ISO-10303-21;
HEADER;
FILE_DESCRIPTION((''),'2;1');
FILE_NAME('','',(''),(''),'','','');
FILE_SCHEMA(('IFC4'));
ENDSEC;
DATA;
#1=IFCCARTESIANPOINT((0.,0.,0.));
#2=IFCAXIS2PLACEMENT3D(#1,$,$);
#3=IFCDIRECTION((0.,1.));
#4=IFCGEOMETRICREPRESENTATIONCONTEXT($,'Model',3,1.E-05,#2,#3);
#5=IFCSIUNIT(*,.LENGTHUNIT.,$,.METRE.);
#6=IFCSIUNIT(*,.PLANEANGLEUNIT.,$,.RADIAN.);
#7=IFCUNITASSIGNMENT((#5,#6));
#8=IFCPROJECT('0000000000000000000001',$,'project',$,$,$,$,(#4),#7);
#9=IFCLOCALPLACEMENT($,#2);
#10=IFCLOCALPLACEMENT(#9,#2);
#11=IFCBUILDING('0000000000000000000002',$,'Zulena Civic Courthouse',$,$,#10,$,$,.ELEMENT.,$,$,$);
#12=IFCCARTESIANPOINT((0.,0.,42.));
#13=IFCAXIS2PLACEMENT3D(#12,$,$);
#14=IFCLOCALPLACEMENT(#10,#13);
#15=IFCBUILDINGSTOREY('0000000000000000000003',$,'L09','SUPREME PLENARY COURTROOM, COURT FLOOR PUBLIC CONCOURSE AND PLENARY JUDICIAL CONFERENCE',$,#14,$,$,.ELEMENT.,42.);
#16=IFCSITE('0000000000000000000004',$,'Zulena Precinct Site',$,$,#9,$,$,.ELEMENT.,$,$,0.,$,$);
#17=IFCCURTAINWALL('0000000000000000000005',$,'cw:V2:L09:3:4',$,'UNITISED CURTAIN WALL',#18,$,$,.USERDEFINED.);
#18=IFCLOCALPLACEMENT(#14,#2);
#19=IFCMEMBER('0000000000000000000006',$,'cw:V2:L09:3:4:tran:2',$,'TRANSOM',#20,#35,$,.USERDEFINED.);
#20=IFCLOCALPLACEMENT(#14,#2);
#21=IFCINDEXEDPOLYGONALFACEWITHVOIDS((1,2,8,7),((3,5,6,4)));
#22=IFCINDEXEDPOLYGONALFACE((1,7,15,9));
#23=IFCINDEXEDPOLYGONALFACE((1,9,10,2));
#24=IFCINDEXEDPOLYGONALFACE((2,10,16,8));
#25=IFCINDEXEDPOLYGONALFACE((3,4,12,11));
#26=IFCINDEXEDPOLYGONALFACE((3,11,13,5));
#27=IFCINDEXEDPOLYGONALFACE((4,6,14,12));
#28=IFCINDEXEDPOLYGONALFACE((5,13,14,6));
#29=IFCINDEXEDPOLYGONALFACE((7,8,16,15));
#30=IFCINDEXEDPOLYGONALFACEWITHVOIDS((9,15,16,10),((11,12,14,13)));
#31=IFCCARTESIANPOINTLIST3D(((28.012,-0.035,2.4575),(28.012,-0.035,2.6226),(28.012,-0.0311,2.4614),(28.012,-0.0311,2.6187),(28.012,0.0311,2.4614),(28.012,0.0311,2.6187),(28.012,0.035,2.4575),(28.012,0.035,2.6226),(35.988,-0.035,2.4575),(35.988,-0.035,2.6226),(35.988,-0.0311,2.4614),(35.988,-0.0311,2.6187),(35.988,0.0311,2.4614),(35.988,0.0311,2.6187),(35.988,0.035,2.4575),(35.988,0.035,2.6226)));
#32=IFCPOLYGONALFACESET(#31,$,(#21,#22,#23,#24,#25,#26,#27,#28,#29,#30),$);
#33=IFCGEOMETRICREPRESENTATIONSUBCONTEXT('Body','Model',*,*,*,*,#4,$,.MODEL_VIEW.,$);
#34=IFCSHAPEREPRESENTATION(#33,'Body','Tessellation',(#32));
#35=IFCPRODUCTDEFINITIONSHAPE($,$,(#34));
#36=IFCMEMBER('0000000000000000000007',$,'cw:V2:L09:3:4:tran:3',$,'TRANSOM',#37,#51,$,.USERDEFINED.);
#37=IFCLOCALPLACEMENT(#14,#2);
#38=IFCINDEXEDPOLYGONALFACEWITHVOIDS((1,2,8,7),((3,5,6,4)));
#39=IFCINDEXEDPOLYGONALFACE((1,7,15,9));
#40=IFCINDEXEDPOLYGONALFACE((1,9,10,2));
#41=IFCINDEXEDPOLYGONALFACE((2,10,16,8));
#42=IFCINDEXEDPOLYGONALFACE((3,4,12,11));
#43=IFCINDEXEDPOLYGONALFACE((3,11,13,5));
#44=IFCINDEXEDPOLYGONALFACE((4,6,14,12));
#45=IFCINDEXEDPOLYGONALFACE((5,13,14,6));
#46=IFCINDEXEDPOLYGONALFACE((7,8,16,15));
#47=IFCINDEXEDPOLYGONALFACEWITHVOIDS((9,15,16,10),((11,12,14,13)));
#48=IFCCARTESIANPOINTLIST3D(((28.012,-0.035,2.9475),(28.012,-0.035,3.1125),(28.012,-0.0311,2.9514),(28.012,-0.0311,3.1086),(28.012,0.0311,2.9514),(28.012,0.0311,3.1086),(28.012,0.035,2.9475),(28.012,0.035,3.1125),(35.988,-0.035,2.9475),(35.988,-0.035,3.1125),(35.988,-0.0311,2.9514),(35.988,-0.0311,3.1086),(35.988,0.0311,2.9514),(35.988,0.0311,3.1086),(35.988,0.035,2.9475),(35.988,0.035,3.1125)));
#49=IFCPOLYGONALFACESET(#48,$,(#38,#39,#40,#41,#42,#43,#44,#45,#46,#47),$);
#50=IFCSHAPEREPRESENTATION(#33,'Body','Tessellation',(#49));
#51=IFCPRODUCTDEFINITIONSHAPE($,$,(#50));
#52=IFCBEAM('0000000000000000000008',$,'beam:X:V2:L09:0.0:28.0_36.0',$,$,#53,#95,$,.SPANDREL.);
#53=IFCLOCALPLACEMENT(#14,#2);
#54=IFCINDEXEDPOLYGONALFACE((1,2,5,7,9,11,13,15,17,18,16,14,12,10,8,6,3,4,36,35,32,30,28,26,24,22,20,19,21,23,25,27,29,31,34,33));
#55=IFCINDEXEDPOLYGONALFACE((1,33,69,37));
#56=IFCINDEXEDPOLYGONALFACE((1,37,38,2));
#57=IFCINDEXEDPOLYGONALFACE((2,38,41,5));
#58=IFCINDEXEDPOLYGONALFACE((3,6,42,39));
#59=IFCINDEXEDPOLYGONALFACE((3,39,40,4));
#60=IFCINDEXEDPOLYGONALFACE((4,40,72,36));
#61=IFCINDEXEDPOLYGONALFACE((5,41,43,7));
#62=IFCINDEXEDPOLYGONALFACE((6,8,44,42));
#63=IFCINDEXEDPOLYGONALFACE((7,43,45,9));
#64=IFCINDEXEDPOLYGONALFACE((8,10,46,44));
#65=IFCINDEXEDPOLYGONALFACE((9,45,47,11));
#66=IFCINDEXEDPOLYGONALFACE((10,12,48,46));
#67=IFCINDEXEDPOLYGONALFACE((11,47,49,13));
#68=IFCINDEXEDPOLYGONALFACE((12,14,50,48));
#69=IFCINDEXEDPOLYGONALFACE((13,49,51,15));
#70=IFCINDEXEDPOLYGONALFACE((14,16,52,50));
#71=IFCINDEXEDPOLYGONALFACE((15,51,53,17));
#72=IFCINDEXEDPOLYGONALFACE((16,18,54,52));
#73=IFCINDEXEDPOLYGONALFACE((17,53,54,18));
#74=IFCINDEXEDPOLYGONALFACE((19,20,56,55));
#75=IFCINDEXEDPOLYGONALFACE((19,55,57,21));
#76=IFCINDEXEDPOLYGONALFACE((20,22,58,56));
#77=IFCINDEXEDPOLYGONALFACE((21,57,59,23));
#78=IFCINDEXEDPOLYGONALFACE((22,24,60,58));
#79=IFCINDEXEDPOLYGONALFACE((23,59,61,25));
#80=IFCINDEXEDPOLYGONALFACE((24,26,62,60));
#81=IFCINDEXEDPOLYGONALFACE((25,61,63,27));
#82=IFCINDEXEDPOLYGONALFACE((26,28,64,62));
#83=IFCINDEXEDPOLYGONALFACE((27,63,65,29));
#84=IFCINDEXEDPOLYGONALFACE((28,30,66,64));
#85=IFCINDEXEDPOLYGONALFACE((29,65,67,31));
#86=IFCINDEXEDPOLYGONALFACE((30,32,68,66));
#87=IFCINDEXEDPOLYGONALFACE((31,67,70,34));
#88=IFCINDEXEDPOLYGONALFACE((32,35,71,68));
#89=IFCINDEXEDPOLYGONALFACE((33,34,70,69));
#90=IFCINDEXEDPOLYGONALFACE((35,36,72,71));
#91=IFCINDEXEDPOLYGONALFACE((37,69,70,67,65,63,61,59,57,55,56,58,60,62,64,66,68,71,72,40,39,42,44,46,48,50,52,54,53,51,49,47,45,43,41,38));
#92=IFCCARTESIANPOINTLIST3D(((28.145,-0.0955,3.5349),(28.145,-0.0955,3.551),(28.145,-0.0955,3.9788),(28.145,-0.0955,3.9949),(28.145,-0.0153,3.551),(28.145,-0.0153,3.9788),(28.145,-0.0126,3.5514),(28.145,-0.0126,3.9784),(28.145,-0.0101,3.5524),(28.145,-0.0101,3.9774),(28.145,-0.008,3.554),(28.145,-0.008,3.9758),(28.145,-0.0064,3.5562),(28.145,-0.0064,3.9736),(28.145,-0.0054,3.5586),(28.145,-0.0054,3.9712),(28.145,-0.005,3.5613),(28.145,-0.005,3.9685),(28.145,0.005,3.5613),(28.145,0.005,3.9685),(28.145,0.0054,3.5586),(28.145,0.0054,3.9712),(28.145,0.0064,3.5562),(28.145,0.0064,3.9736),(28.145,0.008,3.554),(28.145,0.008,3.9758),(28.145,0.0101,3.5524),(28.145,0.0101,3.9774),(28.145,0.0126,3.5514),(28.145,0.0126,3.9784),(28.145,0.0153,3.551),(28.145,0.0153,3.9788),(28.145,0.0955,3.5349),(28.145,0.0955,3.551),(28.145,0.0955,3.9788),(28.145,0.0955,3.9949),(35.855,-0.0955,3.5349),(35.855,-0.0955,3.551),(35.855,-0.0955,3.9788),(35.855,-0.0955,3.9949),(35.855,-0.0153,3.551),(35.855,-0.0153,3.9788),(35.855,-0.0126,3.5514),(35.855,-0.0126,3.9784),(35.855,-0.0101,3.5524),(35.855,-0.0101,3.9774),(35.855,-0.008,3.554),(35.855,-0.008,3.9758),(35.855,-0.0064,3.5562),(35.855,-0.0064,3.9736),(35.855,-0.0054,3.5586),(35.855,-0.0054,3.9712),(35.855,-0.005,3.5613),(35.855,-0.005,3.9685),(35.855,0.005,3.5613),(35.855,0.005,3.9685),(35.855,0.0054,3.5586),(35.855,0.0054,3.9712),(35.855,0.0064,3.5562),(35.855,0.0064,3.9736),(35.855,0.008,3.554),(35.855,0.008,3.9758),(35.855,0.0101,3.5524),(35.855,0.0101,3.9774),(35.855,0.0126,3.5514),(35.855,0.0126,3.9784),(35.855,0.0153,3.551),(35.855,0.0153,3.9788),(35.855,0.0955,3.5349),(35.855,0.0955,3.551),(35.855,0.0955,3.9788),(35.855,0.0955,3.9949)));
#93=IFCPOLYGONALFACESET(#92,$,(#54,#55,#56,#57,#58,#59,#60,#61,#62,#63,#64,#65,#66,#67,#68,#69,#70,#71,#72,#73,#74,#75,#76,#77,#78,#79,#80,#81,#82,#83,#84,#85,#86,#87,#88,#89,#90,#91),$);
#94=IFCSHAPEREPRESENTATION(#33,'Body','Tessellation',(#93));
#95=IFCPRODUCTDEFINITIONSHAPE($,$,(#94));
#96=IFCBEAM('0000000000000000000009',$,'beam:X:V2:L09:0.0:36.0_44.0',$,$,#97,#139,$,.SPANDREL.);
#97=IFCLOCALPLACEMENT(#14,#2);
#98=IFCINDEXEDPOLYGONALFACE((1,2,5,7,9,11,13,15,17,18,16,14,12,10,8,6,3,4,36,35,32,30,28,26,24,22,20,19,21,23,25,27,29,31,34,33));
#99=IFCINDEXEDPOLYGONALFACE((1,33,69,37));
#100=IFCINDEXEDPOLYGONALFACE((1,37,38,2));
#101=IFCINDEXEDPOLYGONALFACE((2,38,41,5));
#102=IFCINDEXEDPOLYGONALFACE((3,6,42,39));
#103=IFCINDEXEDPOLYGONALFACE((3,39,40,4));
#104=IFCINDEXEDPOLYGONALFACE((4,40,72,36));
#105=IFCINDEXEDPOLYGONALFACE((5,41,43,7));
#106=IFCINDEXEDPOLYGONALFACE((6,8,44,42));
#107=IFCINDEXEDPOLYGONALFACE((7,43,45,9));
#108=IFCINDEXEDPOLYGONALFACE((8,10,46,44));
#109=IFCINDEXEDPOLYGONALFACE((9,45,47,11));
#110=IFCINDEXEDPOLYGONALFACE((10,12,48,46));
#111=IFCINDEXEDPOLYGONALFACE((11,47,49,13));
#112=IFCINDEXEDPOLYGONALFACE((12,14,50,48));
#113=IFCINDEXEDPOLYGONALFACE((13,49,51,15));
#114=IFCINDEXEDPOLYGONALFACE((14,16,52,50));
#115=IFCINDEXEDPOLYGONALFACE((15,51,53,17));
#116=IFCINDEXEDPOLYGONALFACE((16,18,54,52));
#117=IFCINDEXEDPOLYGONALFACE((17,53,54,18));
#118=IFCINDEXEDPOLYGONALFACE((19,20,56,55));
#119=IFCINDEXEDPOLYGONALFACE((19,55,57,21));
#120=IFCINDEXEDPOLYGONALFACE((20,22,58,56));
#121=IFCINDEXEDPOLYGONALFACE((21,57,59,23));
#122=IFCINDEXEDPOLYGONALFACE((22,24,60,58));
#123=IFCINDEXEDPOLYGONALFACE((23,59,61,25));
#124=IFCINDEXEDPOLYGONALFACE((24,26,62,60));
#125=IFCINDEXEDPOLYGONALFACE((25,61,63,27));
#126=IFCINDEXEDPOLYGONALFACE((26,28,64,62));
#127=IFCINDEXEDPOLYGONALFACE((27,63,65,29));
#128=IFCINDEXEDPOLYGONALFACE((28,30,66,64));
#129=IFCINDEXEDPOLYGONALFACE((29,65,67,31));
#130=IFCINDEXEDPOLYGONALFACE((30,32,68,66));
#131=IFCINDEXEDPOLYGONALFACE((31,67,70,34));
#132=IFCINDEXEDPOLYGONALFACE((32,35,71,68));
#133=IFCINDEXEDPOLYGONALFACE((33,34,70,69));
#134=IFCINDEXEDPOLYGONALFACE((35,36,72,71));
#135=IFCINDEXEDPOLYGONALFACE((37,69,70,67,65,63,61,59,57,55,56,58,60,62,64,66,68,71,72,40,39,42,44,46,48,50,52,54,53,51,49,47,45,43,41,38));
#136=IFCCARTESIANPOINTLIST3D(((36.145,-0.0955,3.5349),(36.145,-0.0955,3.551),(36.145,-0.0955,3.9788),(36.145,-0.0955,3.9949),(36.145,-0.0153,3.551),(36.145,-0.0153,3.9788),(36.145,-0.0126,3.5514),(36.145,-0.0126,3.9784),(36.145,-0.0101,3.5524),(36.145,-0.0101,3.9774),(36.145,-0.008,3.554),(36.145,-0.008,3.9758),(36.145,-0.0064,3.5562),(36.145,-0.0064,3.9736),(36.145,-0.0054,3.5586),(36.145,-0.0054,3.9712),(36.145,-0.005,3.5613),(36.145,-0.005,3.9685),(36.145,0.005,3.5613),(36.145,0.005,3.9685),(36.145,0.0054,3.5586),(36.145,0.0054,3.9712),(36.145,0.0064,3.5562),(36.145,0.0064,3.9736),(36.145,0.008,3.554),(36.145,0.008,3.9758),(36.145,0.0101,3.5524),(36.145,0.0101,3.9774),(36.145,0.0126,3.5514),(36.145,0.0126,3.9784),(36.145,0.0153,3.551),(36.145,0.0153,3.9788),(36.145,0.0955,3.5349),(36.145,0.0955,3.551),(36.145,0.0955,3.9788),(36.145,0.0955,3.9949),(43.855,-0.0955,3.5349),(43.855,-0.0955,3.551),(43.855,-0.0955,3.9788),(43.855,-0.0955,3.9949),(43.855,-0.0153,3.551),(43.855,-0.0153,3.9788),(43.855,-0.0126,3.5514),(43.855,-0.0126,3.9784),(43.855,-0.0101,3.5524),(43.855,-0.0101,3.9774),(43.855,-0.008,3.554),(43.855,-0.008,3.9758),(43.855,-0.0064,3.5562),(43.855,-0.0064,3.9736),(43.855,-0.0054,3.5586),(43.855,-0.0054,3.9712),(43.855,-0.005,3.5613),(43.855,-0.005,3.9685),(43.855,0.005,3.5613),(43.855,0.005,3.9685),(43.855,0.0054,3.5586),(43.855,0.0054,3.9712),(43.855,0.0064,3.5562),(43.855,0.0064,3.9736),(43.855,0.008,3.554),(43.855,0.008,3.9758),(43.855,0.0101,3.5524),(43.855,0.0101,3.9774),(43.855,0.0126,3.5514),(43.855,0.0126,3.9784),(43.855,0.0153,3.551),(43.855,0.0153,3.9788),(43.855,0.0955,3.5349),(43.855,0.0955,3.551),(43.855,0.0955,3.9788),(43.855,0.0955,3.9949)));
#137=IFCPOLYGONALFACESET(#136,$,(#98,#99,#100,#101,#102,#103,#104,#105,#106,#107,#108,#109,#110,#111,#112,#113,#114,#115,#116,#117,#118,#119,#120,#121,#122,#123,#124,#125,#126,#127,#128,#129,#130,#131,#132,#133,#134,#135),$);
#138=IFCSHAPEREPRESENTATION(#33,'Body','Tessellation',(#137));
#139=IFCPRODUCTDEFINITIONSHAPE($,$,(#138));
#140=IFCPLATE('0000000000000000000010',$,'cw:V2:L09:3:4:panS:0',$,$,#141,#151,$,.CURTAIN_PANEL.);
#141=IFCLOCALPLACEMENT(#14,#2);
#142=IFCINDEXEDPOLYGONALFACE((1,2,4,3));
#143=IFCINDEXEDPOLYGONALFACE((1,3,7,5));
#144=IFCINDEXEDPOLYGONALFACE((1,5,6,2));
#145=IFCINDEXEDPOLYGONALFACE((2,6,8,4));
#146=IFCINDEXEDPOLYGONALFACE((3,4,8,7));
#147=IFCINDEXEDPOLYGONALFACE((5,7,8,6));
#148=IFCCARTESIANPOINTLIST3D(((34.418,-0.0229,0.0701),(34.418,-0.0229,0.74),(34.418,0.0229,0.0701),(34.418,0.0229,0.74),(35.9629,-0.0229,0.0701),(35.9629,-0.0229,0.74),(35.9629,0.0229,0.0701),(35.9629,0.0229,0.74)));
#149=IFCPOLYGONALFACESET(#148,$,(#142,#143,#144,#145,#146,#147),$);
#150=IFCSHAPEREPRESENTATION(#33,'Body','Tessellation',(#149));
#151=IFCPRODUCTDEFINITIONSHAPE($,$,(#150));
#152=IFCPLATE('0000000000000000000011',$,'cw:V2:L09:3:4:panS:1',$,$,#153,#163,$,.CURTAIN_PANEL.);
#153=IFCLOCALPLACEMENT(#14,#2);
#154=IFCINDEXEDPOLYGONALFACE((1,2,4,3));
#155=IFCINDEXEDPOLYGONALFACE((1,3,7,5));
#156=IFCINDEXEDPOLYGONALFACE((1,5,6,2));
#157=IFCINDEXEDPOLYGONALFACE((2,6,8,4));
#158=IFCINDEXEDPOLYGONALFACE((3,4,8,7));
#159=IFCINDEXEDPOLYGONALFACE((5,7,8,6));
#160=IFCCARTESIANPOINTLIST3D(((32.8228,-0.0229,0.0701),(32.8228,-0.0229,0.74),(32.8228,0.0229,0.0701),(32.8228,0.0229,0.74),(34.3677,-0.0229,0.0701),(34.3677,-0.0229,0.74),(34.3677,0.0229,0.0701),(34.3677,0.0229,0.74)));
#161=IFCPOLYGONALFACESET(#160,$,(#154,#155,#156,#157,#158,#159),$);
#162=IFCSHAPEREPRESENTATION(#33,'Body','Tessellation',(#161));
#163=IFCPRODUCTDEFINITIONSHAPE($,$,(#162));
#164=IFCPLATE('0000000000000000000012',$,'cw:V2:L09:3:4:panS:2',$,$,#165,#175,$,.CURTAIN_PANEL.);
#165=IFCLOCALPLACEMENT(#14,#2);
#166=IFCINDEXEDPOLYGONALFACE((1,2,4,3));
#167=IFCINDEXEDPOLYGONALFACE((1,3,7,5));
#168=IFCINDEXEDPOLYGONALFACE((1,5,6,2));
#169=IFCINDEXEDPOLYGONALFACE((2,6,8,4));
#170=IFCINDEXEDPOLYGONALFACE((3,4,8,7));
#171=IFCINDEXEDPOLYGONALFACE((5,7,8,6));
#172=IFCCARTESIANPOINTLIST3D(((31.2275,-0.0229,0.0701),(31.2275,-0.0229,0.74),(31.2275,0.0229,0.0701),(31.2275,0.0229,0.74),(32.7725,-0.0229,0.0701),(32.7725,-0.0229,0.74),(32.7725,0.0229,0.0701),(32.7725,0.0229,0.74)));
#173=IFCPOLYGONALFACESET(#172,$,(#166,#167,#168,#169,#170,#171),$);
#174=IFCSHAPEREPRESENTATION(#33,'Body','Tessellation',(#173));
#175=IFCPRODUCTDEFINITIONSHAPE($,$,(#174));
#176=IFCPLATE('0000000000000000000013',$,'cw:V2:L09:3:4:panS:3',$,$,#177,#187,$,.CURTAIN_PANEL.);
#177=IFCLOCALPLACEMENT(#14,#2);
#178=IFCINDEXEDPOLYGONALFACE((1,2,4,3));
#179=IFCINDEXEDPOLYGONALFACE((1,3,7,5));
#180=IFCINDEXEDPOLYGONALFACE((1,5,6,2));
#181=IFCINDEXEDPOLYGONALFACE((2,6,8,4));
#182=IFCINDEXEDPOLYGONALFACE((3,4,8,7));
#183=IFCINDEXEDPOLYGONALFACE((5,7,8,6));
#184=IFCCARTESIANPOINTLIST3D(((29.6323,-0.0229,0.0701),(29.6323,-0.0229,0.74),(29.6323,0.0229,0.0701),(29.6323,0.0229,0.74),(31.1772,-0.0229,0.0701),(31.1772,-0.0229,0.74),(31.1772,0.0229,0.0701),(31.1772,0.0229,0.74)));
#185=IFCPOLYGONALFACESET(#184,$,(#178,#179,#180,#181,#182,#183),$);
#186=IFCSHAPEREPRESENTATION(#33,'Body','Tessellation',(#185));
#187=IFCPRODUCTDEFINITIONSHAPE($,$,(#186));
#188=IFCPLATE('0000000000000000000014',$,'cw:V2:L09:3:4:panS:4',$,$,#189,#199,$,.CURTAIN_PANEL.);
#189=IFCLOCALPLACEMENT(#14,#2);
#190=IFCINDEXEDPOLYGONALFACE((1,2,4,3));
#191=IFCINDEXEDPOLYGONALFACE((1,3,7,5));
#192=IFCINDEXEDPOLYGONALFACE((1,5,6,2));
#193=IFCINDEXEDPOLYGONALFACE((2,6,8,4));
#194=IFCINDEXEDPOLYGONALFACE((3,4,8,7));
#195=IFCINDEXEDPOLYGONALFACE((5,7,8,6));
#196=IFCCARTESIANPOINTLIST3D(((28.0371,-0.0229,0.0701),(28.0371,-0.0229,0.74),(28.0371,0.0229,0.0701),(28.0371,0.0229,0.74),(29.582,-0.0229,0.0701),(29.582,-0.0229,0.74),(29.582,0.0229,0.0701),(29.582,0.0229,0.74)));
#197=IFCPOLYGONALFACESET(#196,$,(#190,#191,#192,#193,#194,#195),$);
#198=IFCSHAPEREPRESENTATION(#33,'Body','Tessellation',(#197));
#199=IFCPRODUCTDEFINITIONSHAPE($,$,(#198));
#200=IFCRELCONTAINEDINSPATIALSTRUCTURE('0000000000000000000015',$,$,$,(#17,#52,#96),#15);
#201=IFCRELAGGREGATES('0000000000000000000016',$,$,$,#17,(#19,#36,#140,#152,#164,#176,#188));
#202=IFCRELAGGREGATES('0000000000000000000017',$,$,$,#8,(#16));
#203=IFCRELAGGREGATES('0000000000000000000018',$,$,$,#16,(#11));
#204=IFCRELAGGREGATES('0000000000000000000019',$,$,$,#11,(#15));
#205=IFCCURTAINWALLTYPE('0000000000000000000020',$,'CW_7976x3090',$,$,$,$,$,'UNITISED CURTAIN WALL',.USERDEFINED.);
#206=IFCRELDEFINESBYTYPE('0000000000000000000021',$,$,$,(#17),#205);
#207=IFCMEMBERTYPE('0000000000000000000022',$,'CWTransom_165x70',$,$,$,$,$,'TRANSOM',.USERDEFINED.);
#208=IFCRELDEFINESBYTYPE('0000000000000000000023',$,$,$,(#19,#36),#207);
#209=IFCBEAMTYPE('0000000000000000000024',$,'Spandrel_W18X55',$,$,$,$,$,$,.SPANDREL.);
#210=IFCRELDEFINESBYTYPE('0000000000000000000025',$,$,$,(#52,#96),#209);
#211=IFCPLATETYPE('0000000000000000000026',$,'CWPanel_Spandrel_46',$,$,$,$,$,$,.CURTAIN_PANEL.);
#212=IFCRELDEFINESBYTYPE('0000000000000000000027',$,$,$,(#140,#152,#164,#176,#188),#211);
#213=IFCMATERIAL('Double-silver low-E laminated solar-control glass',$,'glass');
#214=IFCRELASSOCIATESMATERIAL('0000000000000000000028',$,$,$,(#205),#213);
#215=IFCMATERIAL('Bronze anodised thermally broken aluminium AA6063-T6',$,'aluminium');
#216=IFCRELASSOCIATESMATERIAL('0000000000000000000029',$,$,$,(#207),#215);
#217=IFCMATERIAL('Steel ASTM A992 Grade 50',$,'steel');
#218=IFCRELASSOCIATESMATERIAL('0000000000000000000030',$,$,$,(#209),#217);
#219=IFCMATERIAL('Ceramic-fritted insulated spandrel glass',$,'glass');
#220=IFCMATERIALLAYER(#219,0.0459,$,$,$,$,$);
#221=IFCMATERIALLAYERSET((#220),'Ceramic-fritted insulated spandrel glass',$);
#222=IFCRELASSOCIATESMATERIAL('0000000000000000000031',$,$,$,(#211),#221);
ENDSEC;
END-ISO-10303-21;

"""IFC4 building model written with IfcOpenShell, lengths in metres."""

from ifc_helpers import new_model, si_unit, direction, frame, origin, origin_2d, place, context, subcontext, project, spatial, rectangle, hollow_rectangle, i_section, extrude, material, layer, layer_set, material_profile, profile_set, type_object, element, aggregate, save


model = new_model("IFC4")

# Units and contexts
model_context = context("Model", 3, precision=1e-05, world=origin(), true_north=direction((0.0, 1.0)))
body_context = subcontext(model_context, "Body", "Model", "MODEL_VIEW")
ifc_project = project(units=[si_unit("LENGTHUNIT", "METRE"), si_unit("PLANEANGLEUNIT", "RADIAN")], contexts=[model_context])

# Site, building, storey
site_placement = place(None, origin())
site = spatial("IfcSite", under=ifc_project, at=site_placement, Name="Zulena Precinct Site", CompositionType="ELEMENT", RefElevation=0.0)
building_placement = place(site_placement, origin())
building = spatial("IfcBuilding", under=site, at=building_placement, Name="Zulena Civic Courthouse", CompositionType="ELEMENT")
storey_placement = place(building_placement, frame((0.0, 0.0, 42.0)))
storey = spatial("IfcBuildingStorey", under=building, at=storey_placement, Name="L09", Description="SUPREME PLENARY COURTROOM, COURT FLOOR PUBLIC CONCOURSE AND PLENARY JUDICIAL CONFERENCE", CompositionType="ELEMENT", Elevation=42.0)

# Shared definitions
ifc_material_1 = material(Name="Steel ASTM A992 Grade 50", Category="steel")

# Shared definitions
ifc_material_2 = material(Name="Double-silver low-E laminated solar-control glass", Category="glass")
curtain_wall_type = type_object("IfcCurtainWallType", Name="CW_7976x3090", ElementType="UNITISED CURTAIN WALL", PredefinedType="USERDEFINED", material=ifc_material_2)
ifc_material_3 = material(Name="Bronze anodised thermally broken aluminium AA6063-T6", Category="aluminium")

# Curtain wall, members
curtain_wall_1_placement = place(storey_placement, origin())
curtain_wall_1 = element("IfcCurtainWall", 1, at=curtain_wall_1_placement, inside=storey, type_object=curtain_wall_type, Name="cw:V2:L09:3:4", ObjectType="UNITISED CURTAIN WALL", PredefinedType="USERDEFINED")
ifc_material_profile_1 = material_profile(ifc_material_3, hollow_rectangle(XDim=0.0701, YDim=0.165, WallThickness=0.0039, at=origin_2d()), Name="CWT165X70X4")
ifc_profile_set_1 = profile_set([ifc_material_profile_1], Name="Bronze anodised thermally broken aluminium AA6063-T6")
member_type_1 = type_object("IfcMemberType", Name="CWTransom_165x70", ElementType="TRANSOM", PredefinedType="USERDEFINED", material=ifc_profile_set_1)
member_1_placement = place(storey_placement, frame((35.988, 0.0, 2.54), z_axis=(-1.0, 0.0, 0.0), x_axis=(0.0, -1.0, 0.0)))
member_1 = element("IfcMember", 2, at=member_1_placement, type_object=member_type_1, Name="cw:V2:L09:3:4:tran:2", ObjectType="TRANSOM", PredefinedType="USERDEFINED", context=body_context, shape_type="SweptSolid", body=[
    extrude(hollow_rectangle(XDim=0.0701, YDim=0.165, WallThickness=0.0039, at=origin_2d()), origin(), (0.0, 0.0, 1.0), 7.9761),
])
member_2_placement = place(storey_placement, frame((35.988, 0.0, 3.03), z_axis=(-1.0, 0.0, 0.0), x_axis=(0.0, -1.0, 0.0)))
member_2 = element("IfcMember", 3, at=member_2_placement, type_object=member_type_1, Name="cw:V2:L09:3:4:tran:3", ObjectType="TRANSOM", PredefinedType="USERDEFINED", context=body_context, shape_type="SweptSolid", body=[
    extrude(hollow_rectangle(XDim=0.0701, YDim=0.165, WallThickness=0.0039, at=origin_2d()), origin(), (0.0, 0.0, 1.0), 7.9761),
])

# Beams
ifc_material_profile_2 = material_profile(ifc_material_1, i_section(OverallWidth=0.1909, OverallDepth=0.46, WebThickness=0.01, FlangeThickness=0.0161, FilletRadius=0.0103, at=origin_2d()), Name="W18X55")
ifc_profile_set_2 = profile_set([ifc_material_profile_2], Name="Steel ASTM A992 Grade 50")
beam_type = type_object("IfcBeamType", Name="Spandrel_W18X55", PredefinedType="SPANDREL", material=ifc_profile_set_2)
for number, where, z_axis, x_axis, name in (
    (4, (28.145, 0.0, 3.7649), (1.0, 0.0, 0.0), (0.0, 1.0, 0.0), "beam:X:V2:L09:0.0:28.0_36.0"),
    (5, (36.145, 0.0, 3.7649), (1.0, 0.0, 0.0), (0.0, 1.0, 0.0), "beam:X:V2:L09:0.0:36.0_44.0"),
):
    element("IfcBeam", number, at=place(storey_placement, frame(where, z_axis=z_axis, x_axis=x_axis)), inside=storey, type_object=beam_type, Name=name, PredefinedType="SPANDREL", context=body_context, shape_type="SweptSolid", body=[
        extrude(i_section(OverallWidth=0.1909, OverallDepth=0.46, WebThickness=0.01, FlangeThickness=0.0161, FilletRadius=0.0103, at=origin_2d()), origin(), (0.0, 0.0, 1.0), 7.71),
    ])

# Plates
ifc_material_4 = material(Name="Ceramic-fritted insulated spandrel glass", Category="glass")
ifc_layer_1 = layer(ifc_material_4, 0.0459)
ifc_layer_set_1 = layer_set([ifc_layer_1], Name="Ceramic-fritted insulated spandrel glass")
plate_type_1 = type_object("IfcPlateType", Name="CWPanel_Spandrel_46", PredefinedType="CURTAIN_PANEL", material=ifc_layer_set_1)
plate_1_placement = place(storey_placement, frame((35.1904, 0.0, 0.0701), z_axis=(0.0, 0.0, 1.0), x_axis=(-1.0, 0.0, 0.0)))
plate_1 = element("IfcPlate", 6, at=plate_1_placement, type_object=plate_type_1, Name="cw:V2:L09:3:4:panS:0", PredefinedType="CURTAIN_PANEL", context=body_context, shape_type="SweptSolid", body=[
    extrude(rectangle(XDim=1.5449, YDim=0.0459, at=origin_2d()), origin(), (0.0, 0.0, 1.0), 0.6699),
])
plate_2_placement = place(storey_placement, frame((33.5952, 0.0, 0.0701), z_axis=(0.0, 0.0, 1.0), x_axis=(-1.0, 0.0, 0.0)))
plate_2 = element("IfcPlate", 7, at=plate_2_placement, type_object=plate_type_1, Name="cw:V2:L09:3:4:panS:1", PredefinedType="CURTAIN_PANEL", context=body_context, shape_type="SweptSolid", body=[
    extrude(rectangle(XDim=1.5449, YDim=0.0459, at=origin_2d()), origin(), (0.0, 0.0, 1.0), 0.6699),
])
plate_3_placement = place(storey_placement, frame((32.0, 0.0, 0.0701), z_axis=(0.0, 0.0, 1.0), x_axis=(-1.0, 0.0, 0.0)))
plate_3 = element("IfcPlate", 8, at=plate_3_placement, type_object=plate_type_1, Name="cw:V2:L09:3:4:panS:2", PredefinedType="CURTAIN_PANEL", context=body_context, shape_type="SweptSolid", body=[
    extrude(rectangle(XDim=1.5449, YDim=0.0459, at=origin_2d()), origin(), (0.0, 0.0, 1.0), 0.6699),
])
plate_4_placement = place(storey_placement, frame((30.4048, 0.0, 0.0701), z_axis=(0.0, 0.0, 1.0), x_axis=(-1.0, 0.0, 0.0)))
plate_4 = element("IfcPlate", 9, at=plate_4_placement, type_object=plate_type_1, Name="cw:V2:L09:3:4:panS:3", PredefinedType="CURTAIN_PANEL", context=body_context, shape_type="SweptSolid", body=[
    extrude(rectangle(XDim=1.5449, YDim=0.0459, at=origin_2d()), origin(), (0.0, 0.0, 1.0), 0.6699),
])
plate_5_placement = place(storey_placement, frame((28.8096, 0.0, 0.0701), z_axis=(0.0, 0.0, 1.0), x_axis=(-1.0, 0.0, 0.0)))
plate_5 = element("IfcPlate", 10, at=plate_5_placement, type_object=plate_type_1, Name="cw:V2:L09:3:4:panS:4", PredefinedType="CURTAIN_PANEL", context=body_context, shape_type="SweptSolid", body=[
    extrude(rectangle(XDim=1.5449, YDim=0.0459, at=origin_2d()), origin(), (0.0, 0.0, 1.0), 0.6699),
])
aggregate(curtain_wall_1, [member_1, member_2, plate_1, plate_2, plate_3, plate_4, plate_5])

save(model, "model.ifc")
